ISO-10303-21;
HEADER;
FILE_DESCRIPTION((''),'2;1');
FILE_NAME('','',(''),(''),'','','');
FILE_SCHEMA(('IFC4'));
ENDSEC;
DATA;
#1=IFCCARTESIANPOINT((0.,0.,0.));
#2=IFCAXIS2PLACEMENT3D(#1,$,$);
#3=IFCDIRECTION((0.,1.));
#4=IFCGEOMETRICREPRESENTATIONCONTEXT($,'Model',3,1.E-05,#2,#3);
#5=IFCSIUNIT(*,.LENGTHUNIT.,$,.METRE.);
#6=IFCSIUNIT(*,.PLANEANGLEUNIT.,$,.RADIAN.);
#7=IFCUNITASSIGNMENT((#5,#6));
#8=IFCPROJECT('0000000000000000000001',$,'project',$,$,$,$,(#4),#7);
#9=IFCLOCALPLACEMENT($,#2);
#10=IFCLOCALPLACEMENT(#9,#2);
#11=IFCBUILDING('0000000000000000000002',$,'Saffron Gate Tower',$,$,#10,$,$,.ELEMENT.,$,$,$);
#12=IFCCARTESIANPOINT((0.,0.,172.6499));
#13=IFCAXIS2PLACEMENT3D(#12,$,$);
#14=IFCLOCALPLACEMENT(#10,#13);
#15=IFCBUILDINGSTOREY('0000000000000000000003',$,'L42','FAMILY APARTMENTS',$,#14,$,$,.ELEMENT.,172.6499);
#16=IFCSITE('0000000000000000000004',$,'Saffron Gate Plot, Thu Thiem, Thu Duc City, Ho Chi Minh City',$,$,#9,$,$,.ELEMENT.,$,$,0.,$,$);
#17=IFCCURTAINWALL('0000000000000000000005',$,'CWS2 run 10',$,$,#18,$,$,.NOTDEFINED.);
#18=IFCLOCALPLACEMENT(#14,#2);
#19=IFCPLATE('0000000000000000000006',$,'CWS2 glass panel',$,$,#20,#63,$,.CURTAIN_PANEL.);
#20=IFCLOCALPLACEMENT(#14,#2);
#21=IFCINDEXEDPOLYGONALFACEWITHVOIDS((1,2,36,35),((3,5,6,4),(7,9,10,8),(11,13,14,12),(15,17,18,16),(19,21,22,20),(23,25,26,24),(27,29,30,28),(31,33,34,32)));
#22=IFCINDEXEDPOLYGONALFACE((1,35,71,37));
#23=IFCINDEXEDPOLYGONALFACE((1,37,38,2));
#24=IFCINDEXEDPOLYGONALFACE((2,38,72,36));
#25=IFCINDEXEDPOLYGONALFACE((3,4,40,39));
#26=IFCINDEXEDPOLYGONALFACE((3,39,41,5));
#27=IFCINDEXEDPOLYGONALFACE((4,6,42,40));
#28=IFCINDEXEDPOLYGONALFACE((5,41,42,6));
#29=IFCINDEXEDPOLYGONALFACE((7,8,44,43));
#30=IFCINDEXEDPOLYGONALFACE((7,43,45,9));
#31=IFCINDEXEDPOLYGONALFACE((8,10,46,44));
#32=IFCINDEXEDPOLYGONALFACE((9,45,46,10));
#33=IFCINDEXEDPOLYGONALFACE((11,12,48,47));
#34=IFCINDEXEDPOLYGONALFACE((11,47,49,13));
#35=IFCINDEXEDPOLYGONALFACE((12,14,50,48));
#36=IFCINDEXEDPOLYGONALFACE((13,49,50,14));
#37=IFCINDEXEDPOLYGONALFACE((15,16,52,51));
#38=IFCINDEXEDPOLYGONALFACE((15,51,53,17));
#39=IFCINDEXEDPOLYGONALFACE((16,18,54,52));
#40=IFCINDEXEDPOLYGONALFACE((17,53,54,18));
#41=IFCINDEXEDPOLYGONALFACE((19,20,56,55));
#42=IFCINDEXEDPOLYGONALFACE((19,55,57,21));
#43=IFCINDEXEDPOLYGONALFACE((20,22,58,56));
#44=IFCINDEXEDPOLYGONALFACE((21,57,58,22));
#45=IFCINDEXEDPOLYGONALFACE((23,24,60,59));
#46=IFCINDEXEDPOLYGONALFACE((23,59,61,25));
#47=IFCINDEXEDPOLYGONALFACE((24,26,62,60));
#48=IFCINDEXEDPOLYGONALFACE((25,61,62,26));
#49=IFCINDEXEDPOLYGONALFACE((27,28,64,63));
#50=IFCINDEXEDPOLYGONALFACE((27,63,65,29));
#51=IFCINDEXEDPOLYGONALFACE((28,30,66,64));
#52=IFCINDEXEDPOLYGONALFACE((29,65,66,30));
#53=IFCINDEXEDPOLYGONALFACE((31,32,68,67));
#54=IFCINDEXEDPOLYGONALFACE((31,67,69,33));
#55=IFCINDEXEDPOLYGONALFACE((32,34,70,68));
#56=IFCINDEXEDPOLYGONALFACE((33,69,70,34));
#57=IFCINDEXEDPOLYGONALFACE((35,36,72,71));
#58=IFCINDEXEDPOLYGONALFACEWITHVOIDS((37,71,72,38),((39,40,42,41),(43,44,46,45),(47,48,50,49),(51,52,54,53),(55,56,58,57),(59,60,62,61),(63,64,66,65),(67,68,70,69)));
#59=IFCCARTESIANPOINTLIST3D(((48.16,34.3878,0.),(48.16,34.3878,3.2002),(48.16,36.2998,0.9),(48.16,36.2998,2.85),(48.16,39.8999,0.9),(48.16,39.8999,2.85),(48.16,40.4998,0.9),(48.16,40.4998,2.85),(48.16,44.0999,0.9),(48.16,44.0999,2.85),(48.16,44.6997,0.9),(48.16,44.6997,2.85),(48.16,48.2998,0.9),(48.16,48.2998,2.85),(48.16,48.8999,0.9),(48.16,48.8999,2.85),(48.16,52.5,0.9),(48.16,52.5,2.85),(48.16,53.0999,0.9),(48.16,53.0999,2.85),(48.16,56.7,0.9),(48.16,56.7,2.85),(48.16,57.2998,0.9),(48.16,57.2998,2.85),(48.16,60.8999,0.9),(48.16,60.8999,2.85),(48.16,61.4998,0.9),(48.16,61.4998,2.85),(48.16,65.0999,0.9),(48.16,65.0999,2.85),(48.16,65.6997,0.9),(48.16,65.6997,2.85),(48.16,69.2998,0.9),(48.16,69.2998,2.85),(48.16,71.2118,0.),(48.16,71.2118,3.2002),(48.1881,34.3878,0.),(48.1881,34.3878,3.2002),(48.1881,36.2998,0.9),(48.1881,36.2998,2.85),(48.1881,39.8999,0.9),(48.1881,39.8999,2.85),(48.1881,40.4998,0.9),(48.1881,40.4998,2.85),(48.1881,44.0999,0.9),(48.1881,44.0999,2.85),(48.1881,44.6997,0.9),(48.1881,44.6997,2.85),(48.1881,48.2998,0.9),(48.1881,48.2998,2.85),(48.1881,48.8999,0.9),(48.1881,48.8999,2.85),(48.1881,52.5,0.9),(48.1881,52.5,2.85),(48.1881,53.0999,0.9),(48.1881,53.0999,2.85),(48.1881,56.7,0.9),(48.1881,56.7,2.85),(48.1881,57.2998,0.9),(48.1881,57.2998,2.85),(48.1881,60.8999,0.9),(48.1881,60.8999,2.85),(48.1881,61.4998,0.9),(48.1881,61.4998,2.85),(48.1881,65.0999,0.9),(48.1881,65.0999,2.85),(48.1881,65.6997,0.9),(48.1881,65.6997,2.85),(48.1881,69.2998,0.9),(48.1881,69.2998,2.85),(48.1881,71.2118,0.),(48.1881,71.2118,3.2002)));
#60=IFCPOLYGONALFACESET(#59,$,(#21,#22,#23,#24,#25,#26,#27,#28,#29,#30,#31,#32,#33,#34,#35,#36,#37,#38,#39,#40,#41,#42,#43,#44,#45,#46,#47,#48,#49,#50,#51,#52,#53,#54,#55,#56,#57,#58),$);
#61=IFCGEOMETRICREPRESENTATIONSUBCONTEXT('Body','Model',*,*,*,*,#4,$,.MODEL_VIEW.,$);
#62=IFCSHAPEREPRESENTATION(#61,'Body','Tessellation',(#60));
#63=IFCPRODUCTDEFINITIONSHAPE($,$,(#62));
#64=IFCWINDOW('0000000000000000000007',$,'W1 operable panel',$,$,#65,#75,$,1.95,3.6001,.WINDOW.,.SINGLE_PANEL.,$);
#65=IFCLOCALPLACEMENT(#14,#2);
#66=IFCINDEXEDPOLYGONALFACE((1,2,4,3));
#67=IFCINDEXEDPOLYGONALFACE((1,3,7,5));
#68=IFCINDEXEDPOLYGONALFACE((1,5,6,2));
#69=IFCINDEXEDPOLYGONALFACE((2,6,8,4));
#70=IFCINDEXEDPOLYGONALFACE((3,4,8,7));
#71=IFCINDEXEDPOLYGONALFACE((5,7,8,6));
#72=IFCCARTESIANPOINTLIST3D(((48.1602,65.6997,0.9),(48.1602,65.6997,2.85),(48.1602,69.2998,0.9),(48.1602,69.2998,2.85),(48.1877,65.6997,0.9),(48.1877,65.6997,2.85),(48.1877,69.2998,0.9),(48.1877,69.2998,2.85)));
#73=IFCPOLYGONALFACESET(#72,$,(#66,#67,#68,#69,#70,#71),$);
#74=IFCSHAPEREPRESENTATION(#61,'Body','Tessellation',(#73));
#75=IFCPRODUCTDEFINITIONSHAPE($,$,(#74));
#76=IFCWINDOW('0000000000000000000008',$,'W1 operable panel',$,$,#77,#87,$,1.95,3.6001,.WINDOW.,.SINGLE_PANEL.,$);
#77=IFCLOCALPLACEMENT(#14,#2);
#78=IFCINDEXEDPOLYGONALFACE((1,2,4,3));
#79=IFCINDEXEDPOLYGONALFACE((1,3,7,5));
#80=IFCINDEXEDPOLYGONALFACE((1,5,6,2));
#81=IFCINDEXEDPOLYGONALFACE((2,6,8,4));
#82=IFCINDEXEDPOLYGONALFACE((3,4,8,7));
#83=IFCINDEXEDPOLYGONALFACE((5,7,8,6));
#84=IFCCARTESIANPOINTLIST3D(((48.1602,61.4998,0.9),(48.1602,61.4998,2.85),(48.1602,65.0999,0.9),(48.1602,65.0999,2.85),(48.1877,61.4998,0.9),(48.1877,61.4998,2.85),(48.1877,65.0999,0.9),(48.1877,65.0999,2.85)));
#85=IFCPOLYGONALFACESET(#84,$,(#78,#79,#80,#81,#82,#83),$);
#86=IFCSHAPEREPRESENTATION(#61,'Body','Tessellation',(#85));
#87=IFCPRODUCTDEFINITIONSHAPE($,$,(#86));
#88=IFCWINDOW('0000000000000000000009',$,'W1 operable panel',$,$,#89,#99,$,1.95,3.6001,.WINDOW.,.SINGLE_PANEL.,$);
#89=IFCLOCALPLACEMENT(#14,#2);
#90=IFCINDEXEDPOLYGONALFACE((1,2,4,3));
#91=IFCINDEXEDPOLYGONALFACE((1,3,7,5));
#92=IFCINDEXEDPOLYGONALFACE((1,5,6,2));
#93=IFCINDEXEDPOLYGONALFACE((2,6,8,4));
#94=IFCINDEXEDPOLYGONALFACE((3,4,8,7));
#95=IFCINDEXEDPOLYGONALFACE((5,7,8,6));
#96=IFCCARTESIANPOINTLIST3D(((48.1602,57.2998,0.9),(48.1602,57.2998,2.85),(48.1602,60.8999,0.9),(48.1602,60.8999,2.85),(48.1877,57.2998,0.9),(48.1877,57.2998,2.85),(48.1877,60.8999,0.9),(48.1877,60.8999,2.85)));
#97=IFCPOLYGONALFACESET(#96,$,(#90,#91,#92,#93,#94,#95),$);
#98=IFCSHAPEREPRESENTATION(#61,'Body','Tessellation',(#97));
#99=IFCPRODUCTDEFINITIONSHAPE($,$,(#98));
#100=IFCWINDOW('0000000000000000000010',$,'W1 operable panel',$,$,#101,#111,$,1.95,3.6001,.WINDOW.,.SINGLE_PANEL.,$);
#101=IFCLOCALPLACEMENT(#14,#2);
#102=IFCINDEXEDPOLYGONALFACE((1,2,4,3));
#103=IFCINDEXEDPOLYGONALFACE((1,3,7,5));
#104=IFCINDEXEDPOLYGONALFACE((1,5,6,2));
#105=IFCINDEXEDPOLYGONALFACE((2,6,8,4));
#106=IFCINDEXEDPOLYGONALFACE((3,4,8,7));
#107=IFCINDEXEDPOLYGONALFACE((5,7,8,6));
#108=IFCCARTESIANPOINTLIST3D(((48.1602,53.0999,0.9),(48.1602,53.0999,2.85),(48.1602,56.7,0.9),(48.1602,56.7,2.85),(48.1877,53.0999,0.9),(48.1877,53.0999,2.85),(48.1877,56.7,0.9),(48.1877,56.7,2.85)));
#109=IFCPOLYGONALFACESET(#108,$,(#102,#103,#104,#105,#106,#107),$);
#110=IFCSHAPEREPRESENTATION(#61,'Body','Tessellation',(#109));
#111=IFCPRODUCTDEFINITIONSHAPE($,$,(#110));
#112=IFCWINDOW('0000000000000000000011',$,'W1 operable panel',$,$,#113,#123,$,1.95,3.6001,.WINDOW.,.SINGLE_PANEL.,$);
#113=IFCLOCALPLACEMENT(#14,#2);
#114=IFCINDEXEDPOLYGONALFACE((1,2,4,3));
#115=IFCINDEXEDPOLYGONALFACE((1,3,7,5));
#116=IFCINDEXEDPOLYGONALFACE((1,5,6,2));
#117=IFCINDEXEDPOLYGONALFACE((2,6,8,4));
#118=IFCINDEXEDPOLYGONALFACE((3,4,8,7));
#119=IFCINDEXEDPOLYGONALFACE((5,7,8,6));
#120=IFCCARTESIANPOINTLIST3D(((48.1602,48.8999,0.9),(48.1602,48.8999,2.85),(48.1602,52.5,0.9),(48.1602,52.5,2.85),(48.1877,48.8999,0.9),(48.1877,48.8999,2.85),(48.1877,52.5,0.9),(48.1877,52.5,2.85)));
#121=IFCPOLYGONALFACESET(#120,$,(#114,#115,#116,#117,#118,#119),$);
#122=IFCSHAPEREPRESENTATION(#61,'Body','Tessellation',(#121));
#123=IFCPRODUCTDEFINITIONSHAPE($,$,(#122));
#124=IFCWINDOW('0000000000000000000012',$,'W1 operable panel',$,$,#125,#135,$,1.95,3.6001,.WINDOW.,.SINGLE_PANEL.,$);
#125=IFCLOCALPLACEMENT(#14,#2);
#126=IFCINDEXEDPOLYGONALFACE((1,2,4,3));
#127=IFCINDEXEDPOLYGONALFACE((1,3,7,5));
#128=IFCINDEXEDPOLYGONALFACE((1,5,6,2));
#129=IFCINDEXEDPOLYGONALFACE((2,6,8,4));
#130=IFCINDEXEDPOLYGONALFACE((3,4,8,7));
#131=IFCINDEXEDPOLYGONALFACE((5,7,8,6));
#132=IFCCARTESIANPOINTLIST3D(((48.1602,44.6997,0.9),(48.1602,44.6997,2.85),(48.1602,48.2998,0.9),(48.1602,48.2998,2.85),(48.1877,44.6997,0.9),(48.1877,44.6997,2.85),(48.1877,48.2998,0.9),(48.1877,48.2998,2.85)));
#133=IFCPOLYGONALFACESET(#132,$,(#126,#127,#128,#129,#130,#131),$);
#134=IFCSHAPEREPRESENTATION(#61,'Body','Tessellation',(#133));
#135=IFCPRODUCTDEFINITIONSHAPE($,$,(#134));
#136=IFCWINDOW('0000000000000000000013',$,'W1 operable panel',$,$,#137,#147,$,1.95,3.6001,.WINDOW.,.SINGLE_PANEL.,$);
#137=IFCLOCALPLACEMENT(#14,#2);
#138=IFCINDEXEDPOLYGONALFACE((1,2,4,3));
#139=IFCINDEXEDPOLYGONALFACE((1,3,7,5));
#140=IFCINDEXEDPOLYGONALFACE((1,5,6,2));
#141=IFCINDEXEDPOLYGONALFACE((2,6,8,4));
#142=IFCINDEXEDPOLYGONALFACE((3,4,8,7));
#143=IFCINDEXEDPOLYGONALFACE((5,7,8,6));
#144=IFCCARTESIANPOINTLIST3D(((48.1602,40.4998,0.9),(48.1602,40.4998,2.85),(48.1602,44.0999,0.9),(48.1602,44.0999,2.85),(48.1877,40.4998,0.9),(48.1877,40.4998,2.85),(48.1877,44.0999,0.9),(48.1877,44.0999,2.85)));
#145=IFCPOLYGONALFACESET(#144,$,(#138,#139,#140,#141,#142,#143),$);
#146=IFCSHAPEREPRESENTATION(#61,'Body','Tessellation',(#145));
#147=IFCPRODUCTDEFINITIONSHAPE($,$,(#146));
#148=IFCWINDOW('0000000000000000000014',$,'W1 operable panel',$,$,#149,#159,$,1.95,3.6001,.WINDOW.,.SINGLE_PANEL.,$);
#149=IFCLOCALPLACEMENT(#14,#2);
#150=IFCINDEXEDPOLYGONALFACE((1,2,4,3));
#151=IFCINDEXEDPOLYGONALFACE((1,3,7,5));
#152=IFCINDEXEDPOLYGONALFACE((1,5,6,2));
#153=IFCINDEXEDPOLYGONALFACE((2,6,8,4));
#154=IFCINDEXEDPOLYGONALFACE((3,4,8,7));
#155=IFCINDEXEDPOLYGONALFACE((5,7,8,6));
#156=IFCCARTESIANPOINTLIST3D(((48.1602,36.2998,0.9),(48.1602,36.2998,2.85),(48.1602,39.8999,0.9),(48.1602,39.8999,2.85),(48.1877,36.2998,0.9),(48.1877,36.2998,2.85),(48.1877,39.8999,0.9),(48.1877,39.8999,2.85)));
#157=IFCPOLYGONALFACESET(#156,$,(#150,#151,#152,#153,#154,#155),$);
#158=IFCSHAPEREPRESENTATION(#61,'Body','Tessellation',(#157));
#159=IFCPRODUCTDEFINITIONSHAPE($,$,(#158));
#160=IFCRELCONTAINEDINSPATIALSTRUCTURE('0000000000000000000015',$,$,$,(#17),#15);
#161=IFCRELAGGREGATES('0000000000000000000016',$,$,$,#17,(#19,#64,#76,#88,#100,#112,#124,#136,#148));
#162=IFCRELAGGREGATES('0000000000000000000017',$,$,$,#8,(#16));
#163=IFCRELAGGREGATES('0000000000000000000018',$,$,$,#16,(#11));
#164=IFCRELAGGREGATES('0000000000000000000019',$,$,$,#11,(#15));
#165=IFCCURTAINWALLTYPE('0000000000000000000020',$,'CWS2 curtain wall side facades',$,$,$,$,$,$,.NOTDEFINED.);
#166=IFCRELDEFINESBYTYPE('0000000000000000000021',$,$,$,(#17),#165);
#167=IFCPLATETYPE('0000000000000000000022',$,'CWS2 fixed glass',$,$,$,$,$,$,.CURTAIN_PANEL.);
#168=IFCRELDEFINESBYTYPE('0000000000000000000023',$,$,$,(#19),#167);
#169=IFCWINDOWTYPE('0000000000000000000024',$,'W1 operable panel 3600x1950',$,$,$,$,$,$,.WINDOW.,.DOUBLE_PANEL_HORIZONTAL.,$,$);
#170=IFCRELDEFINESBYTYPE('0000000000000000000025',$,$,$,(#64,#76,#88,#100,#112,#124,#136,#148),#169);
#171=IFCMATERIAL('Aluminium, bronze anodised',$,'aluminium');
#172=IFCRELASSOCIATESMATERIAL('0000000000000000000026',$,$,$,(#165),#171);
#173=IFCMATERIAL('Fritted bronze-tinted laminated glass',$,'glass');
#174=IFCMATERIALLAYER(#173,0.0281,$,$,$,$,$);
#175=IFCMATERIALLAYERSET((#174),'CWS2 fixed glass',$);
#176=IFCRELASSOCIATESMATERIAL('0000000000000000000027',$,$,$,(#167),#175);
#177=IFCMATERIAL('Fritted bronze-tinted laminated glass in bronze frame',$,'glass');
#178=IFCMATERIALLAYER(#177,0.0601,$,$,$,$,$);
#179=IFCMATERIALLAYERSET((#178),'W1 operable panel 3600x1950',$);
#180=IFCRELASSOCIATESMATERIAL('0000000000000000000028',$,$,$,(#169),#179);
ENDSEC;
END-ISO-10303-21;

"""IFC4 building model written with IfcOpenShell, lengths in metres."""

from ifc_helpers import new_model, si_unit, direction, frame, frame_2d, origin, place, context, subcontext, project, spatial, rectangle, extrude, material, layer, layer_set, type_object, element, fill, aggregate, save


model = new_model("IFC4")

# Units and contexts
model_context = context("Model", 3, precision=1e-05, world=origin(), true_north=direction((0.0, 1.0)))
body_context = subcontext(model_context, "Body", "Model", "MODEL_VIEW")
ifc_project = project(units=[si_unit("LENGTHUNIT", "METRE"), si_unit("PLANEANGLEUNIT", "RADIAN")], contexts=[model_context])

# Site, building, storey
site_placement = place(None, origin())
site = spatial("IfcSite", under=ifc_project, at=site_placement, Name="Saffron Gate Plot, Thu Thiem, Thu Duc City, Ho Chi Minh City", CompositionType="ELEMENT", RefElevation=0.0)
building_placement = place(site_placement, origin())
building = spatial("IfcBuilding", under=site, at=building_placement, Name="Saffron Gate Tower", CompositionType="ELEMENT")
storey_placement = place(building_placement, frame((0.0, 0.0, 172.6499)))
storey = spatial("IfcBuildingStorey", under=building, at=storey_placement, Name="L42", Description="FAMILY APARTMENTS", CompositionType="ELEMENT", Elevation=172.6499)

# Curtain wall
ifc_material_1 = material(Name="Aluminium, bronze anodised", Category="aluminium")
curtain_wall_type_1 = type_object("IfcCurtainWallType", Name="CWS2 curtain wall side facades", PredefinedType="NOTDEFINED", material=ifc_material_1)
curtain_wall_1_placement = place(storey_placement, origin())
curtain_wall_1 = element("IfcCurtainWall", 1, at=curtain_wall_1_placement, inside=storey, type_object=curtain_wall_type_1, Name="CWS2 run 10", PredefinedType="NOTDEFINED")

# Plate, openings, windows
ifc_material_2 = material(Name="Fritted bronze-tinted laminated glass", Category="glass")
ifc_layer_1 = layer(ifc_material_2, 0.0281)
ifc_layer_set_1 = layer_set([ifc_layer_1], Name="CWS2 fixed glass")
plate_type_1 = type_object("IfcPlateType", Name="CWS2 fixed glass", PredefinedType="CURTAIN_PANEL", material=ifc_layer_set_1)
plate_1_placement = place(storey_placement, frame((48.1741, 71.2119, 0.0), z_axis=(0.0, 0.0, 1.0), x_axis=(0.0, -1.0, 0.0)))
plate_1 = element("IfcPlate", 2, at=plate_1_placement, type_object=plate_type_1, Name="CWS2 glass panel", PredefinedType="CURTAIN_PANEL", context=body_context, shape_type="SweptSolid", body=[
    extrude(rectangle(XDim=36.824, YDim=0.0281, at=frame_2d((18.4121, 0.0))), origin(), (0.0, 0.0, 1.0), 3.2002),
])
opening_1_placement = place(plate_1_placement, frame((1.9121, 0.0, 0.8999)))
opening_1 = element("IfcOpeningElement", 3, at=opening_1_placement, cuts=plate_1, PredefinedType="OPENING", context=body_context, shape_type="SweptSolid", body=[
    extrude(rectangle(XDim=3.6001, YDim=1.95, at=frame_2d((1.8, 0.9751))), frame((0.0, 0.0239, 0.0), z_axis=(0.0, -1.0, 0.0), x_axis=(1.0, 0.0, 0.0)), (0.0, 0.0, 1.0), 0.0481),
])
opening_2_placement = place(plate_1_placement, frame((6.1121, 0.0, 0.8999)))
opening_2 = element("IfcOpeningElement", 4, at=opening_2_placement, cuts=plate_1, PredefinedType="OPENING", context=body_context, shape_type="SweptSolid", body=[
    extrude(rectangle(XDim=3.6001, YDim=1.95, at=frame_2d((1.8, 0.9751))), frame((0.0, 0.0239, 0.0), z_axis=(0.0, -1.0, 0.0), x_axis=(1.0, 0.0, 0.0)), (0.0, 0.0, 1.0), 0.0481),
])
opening_3_placement = place(plate_1_placement, frame((10.312, 0.0, 0.8999)))
opening_3 = element("IfcOpeningElement", 5, at=opening_3_placement, cuts=plate_1, PredefinedType="OPENING", context=body_context, shape_type="SweptSolid", body=[
    extrude(rectangle(XDim=3.6001, YDim=1.95, at=frame_2d((1.8, 0.9751))), frame((0.0, 0.0239, 0.0), z_axis=(0.0, -1.0, 0.0), x_axis=(1.0, 0.0, 0.0)), (0.0, 0.0, 1.0), 0.0481),
])
opening_4_placement = place(plate_1_placement, frame((14.512, 0.0, 0.8999)))
opening_4 = element("IfcOpeningElement", 6, at=opening_4_placement, cuts=plate_1, PredefinedType="OPENING", context=body_context, shape_type="SweptSolid", body=[
    extrude(rectangle(XDim=3.6001, YDim=1.95, at=frame_2d((1.8, 0.9751))), frame((0.0, 0.0239, 0.0), z_axis=(0.0, -1.0, 0.0), x_axis=(1.0, 0.0, 0.0)), (0.0, 0.0, 1.0), 0.0481),
])
opening_5_placement = place(plate_1_placement, frame((18.7119, 0.0, 0.8999)))
opening_5 = element("IfcOpeningElement", 7, at=opening_5_placement, cuts=plate_1, PredefinedType="OPENING", context=body_context, shape_type="SweptSolid", body=[
    extrude(rectangle(XDim=3.6001, YDim=1.95, at=frame_2d((1.8, 0.9751))), frame((0.0, 0.0239, 0.0), z_axis=(0.0, -1.0, 0.0), x_axis=(1.0, 0.0, 0.0)), (0.0, 0.0, 1.0), 0.0481),
])
opening_6_placement = place(plate_1_placement, frame((22.9121, 0.0, 0.8999)))
opening_6 = element("IfcOpeningElement", 8, at=opening_6_placement, cuts=plate_1, PredefinedType="OPENING", context=body_context, shape_type="SweptSolid", body=[
    extrude(rectangle(XDim=3.6001, YDim=1.95, at=frame_2d((1.8, 0.9751))), frame((0.0, 0.0239, 0.0), z_axis=(0.0, -1.0, 0.0), x_axis=(1.0, 0.0, 0.0)), (0.0, 0.0, 1.0), 0.0481),
])
opening_7_placement = place(plate_1_placement, frame((27.1121, 0.0, 0.8999)))
opening_7 = element("IfcOpeningElement", 9, at=opening_7_placement, cuts=plate_1, PredefinedType="OPENING", context=body_context, shape_type="SweptSolid", body=[
    extrude(rectangle(XDim=3.6001, YDim=1.95, at=frame_2d((1.8, 0.9751))), frame((0.0, 0.0239, 0.0), z_axis=(0.0, -1.0, 0.0), x_axis=(1.0, 0.0, 0.0)), (0.0, 0.0, 1.0), 0.0481),
])
opening_8_placement = place(plate_1_placement, frame((31.312, 0.0, 0.8999)))
opening_8 = element("IfcOpeningElement", 10, at=opening_8_placement, cuts=plate_1, PredefinedType="OPENING", context=body_context, shape_type="SweptSolid", body=[
    extrude(rectangle(XDim=3.6001, YDim=1.95, at=frame_2d((1.8, 0.9751))), frame((0.0, 0.0239, 0.0), z_axis=(0.0, -1.0, 0.0), x_axis=(1.0, 0.0, 0.0)), (0.0, 0.0, 1.0), 0.0481),
])
ifc_material_3 = material(Name="Fritted bronze-tinted laminated glass in bronze frame", Category="glass")
ifc_layer_2 = layer(ifc_material_3, 0.0601)
ifc_layer_set_2 = layer_set([ifc_layer_2], Name="W1 operable panel 3600x1950")
window_type = type_object("IfcWindowType", Name="W1 operable panel 3600x1950", PartitioningType="DOUBLE_PANEL_HORIZONTAL", PredefinedType="WINDOW", material=ifc_layer_set_2)
window_1_placement = place(opening_1_placement, origin())
window_1 = element("IfcWindow", 11, at=window_1_placement, type_object=window_type, Name="W1 operable panel", OverallHeight=1.95, OverallWidth=3.6001, PartitioningType="SINGLE_PANEL", PredefinedType="WINDOW", context=body_context, shape_type="SweptSolid", body=[
    extrude(rectangle(XDim=3.6001, YDim=1.95, at=frame_2d((1.8, 0.9751))), frame((0.0, 0.0137, 0.0), z_axis=(0.0, -1.0, 0.0), x_axis=(1.0, 0.0, 0.0)), (0.0, 0.0, 1.0), 0.0276),
])
fill(opening_1, window_1)
window_2_placement = place(opening_2_placement, origin())
window_2 = element("IfcWindow", 12, at=window_2_placement, type_object=window_type, Name="W1 operable panel", OverallHeight=1.95, OverallWidth=3.6001, PartitioningType="SINGLE_PANEL", PredefinedType="WINDOW", context=body_context, shape_type="SweptSolid", body=[
    extrude(rectangle(XDim=3.6001, YDim=1.95, at=frame_2d((1.8, 0.9751))), frame((0.0, 0.0137, 0.0), z_axis=(0.0, -1.0, 0.0), x_axis=(1.0, 0.0, 0.0)), (0.0, 0.0, 1.0), 0.0276),
])
fill(opening_2, window_2)
window_3_placement = place(opening_3_placement, origin())
window_3 = element("IfcWindow", 13, at=window_3_placement, type_object=window_type, Name="W1 operable panel", OverallHeight=1.95, OverallWidth=3.6001, PartitioningType="SINGLE_PANEL", PredefinedType="WINDOW", context=body_context, shape_type="SweptSolid", body=[
    extrude(rectangle(XDim=3.6001, YDim=1.95, at=frame_2d((1.8, 0.9751))), frame((0.0, 0.0137, 0.0), z_axis=(0.0, -1.0, 0.0), x_axis=(1.0, 0.0, 0.0)), (0.0, 0.0, 1.0), 0.0276),
])
fill(opening_3, window_3)
window_4_placement = place(opening_4_placement, origin())
window_4 = element("IfcWindow", 14, at=window_4_placement, type_object=window_type, Name="W1 operable panel", OverallHeight=1.95, OverallWidth=3.6001, PartitioningType="SINGLE_PANEL", PredefinedType="WINDOW", context=body_context, shape_type="SweptSolid", body=[
    extrude(rectangle(XDim=3.6001, YDim=1.95, at=frame_2d((1.8, 0.9751))), frame((0.0, 0.0137, 0.0), z_axis=(0.0, -1.0, 0.0), x_axis=(1.0, 0.0, 0.0)), (0.0, 0.0, 1.0), 0.0276),
])
fill(opening_4, window_4)
window_5_placement = place(opening_5_placement, origin())
window_5 = element("IfcWindow", 15, at=window_5_placement, type_object=window_type, Name="W1 operable panel", OverallHeight=1.95, OverallWidth=3.6001, PartitioningType="SINGLE_PANEL", PredefinedType="WINDOW", context=body_context, shape_type="SweptSolid", body=[
    extrude(rectangle(XDim=3.6001, YDim=1.95, at=frame_2d((1.8, 0.9751))), frame((0.0, 0.0137, 0.0), z_axis=(0.0, -1.0, 0.0), x_axis=(1.0, 0.0, 0.0)), (0.0, 0.0, 1.0), 0.0276),
])
fill(opening_5, window_5)
window_6_placement = place(opening_6_placement, origin())
window_6 = element("IfcWindow", 16, at=window_6_placement, type_object=window_type, Name="W1 operable panel", OverallHeight=1.95, OverallWidth=3.6001, PartitioningType="SINGLE_PANEL", PredefinedType="WINDOW", context=body_context, shape_type="SweptSolid", body=[
    extrude(rectangle(XDim=3.6001, YDim=1.95, at=frame_2d((1.8, 0.9751))), frame((0.0, 0.0137, 0.0), z_axis=(0.0, -1.0, 0.0), x_axis=(1.0, 0.0, 0.0)), (0.0, 0.0, 1.0), 0.0276),
])
fill(opening_6, window_6)
window_7_placement = place(opening_7_placement, origin())
window_7 = element("IfcWindow", 17, at=window_7_placement, type_object=window_type, Name="W1 operable panel", OverallHeight=1.95, OverallWidth=3.6001, PartitioningType="SINGLE_PANEL", PredefinedType="WINDOW", context=body_context, shape_type="SweptSolid", body=[
    extrude(rectangle(XDim=3.6001, YDim=1.95, at=frame_2d((1.8, 0.9751))), frame((0.0, 0.0137, 0.0), z_axis=(0.0, -1.0, 0.0), x_axis=(1.0, 0.0, 0.0)), (0.0, 0.0, 1.0), 0.0276),
])
fill(opening_7, window_7)
window_8_placement = place(opening_8_placement, origin())
window_8 = element("IfcWindow", 18, at=window_8_placement, type_object=window_type, Name="W1 operable panel", OverallHeight=1.95, OverallWidth=3.6001, PartitioningType="SINGLE_PANEL", PredefinedType="WINDOW", context=body_context, shape_type="SweptSolid", body=[
    extrude(rectangle(XDim=3.6001, YDim=1.95, at=frame_2d((1.8, 0.9751))), frame((0.0, 0.0137, 0.0), z_axis=(0.0, -1.0, 0.0), x_axis=(1.0, 0.0, 0.0)), (0.0, 0.0, 1.0), 0.0276),
])
fill(opening_8, window_8)
aggregate(curtain_wall_1, [plate_1, window_1, window_2, window_3, window_4, window_5, window_6, window_7, window_8])

save(model, "model.ifc")
